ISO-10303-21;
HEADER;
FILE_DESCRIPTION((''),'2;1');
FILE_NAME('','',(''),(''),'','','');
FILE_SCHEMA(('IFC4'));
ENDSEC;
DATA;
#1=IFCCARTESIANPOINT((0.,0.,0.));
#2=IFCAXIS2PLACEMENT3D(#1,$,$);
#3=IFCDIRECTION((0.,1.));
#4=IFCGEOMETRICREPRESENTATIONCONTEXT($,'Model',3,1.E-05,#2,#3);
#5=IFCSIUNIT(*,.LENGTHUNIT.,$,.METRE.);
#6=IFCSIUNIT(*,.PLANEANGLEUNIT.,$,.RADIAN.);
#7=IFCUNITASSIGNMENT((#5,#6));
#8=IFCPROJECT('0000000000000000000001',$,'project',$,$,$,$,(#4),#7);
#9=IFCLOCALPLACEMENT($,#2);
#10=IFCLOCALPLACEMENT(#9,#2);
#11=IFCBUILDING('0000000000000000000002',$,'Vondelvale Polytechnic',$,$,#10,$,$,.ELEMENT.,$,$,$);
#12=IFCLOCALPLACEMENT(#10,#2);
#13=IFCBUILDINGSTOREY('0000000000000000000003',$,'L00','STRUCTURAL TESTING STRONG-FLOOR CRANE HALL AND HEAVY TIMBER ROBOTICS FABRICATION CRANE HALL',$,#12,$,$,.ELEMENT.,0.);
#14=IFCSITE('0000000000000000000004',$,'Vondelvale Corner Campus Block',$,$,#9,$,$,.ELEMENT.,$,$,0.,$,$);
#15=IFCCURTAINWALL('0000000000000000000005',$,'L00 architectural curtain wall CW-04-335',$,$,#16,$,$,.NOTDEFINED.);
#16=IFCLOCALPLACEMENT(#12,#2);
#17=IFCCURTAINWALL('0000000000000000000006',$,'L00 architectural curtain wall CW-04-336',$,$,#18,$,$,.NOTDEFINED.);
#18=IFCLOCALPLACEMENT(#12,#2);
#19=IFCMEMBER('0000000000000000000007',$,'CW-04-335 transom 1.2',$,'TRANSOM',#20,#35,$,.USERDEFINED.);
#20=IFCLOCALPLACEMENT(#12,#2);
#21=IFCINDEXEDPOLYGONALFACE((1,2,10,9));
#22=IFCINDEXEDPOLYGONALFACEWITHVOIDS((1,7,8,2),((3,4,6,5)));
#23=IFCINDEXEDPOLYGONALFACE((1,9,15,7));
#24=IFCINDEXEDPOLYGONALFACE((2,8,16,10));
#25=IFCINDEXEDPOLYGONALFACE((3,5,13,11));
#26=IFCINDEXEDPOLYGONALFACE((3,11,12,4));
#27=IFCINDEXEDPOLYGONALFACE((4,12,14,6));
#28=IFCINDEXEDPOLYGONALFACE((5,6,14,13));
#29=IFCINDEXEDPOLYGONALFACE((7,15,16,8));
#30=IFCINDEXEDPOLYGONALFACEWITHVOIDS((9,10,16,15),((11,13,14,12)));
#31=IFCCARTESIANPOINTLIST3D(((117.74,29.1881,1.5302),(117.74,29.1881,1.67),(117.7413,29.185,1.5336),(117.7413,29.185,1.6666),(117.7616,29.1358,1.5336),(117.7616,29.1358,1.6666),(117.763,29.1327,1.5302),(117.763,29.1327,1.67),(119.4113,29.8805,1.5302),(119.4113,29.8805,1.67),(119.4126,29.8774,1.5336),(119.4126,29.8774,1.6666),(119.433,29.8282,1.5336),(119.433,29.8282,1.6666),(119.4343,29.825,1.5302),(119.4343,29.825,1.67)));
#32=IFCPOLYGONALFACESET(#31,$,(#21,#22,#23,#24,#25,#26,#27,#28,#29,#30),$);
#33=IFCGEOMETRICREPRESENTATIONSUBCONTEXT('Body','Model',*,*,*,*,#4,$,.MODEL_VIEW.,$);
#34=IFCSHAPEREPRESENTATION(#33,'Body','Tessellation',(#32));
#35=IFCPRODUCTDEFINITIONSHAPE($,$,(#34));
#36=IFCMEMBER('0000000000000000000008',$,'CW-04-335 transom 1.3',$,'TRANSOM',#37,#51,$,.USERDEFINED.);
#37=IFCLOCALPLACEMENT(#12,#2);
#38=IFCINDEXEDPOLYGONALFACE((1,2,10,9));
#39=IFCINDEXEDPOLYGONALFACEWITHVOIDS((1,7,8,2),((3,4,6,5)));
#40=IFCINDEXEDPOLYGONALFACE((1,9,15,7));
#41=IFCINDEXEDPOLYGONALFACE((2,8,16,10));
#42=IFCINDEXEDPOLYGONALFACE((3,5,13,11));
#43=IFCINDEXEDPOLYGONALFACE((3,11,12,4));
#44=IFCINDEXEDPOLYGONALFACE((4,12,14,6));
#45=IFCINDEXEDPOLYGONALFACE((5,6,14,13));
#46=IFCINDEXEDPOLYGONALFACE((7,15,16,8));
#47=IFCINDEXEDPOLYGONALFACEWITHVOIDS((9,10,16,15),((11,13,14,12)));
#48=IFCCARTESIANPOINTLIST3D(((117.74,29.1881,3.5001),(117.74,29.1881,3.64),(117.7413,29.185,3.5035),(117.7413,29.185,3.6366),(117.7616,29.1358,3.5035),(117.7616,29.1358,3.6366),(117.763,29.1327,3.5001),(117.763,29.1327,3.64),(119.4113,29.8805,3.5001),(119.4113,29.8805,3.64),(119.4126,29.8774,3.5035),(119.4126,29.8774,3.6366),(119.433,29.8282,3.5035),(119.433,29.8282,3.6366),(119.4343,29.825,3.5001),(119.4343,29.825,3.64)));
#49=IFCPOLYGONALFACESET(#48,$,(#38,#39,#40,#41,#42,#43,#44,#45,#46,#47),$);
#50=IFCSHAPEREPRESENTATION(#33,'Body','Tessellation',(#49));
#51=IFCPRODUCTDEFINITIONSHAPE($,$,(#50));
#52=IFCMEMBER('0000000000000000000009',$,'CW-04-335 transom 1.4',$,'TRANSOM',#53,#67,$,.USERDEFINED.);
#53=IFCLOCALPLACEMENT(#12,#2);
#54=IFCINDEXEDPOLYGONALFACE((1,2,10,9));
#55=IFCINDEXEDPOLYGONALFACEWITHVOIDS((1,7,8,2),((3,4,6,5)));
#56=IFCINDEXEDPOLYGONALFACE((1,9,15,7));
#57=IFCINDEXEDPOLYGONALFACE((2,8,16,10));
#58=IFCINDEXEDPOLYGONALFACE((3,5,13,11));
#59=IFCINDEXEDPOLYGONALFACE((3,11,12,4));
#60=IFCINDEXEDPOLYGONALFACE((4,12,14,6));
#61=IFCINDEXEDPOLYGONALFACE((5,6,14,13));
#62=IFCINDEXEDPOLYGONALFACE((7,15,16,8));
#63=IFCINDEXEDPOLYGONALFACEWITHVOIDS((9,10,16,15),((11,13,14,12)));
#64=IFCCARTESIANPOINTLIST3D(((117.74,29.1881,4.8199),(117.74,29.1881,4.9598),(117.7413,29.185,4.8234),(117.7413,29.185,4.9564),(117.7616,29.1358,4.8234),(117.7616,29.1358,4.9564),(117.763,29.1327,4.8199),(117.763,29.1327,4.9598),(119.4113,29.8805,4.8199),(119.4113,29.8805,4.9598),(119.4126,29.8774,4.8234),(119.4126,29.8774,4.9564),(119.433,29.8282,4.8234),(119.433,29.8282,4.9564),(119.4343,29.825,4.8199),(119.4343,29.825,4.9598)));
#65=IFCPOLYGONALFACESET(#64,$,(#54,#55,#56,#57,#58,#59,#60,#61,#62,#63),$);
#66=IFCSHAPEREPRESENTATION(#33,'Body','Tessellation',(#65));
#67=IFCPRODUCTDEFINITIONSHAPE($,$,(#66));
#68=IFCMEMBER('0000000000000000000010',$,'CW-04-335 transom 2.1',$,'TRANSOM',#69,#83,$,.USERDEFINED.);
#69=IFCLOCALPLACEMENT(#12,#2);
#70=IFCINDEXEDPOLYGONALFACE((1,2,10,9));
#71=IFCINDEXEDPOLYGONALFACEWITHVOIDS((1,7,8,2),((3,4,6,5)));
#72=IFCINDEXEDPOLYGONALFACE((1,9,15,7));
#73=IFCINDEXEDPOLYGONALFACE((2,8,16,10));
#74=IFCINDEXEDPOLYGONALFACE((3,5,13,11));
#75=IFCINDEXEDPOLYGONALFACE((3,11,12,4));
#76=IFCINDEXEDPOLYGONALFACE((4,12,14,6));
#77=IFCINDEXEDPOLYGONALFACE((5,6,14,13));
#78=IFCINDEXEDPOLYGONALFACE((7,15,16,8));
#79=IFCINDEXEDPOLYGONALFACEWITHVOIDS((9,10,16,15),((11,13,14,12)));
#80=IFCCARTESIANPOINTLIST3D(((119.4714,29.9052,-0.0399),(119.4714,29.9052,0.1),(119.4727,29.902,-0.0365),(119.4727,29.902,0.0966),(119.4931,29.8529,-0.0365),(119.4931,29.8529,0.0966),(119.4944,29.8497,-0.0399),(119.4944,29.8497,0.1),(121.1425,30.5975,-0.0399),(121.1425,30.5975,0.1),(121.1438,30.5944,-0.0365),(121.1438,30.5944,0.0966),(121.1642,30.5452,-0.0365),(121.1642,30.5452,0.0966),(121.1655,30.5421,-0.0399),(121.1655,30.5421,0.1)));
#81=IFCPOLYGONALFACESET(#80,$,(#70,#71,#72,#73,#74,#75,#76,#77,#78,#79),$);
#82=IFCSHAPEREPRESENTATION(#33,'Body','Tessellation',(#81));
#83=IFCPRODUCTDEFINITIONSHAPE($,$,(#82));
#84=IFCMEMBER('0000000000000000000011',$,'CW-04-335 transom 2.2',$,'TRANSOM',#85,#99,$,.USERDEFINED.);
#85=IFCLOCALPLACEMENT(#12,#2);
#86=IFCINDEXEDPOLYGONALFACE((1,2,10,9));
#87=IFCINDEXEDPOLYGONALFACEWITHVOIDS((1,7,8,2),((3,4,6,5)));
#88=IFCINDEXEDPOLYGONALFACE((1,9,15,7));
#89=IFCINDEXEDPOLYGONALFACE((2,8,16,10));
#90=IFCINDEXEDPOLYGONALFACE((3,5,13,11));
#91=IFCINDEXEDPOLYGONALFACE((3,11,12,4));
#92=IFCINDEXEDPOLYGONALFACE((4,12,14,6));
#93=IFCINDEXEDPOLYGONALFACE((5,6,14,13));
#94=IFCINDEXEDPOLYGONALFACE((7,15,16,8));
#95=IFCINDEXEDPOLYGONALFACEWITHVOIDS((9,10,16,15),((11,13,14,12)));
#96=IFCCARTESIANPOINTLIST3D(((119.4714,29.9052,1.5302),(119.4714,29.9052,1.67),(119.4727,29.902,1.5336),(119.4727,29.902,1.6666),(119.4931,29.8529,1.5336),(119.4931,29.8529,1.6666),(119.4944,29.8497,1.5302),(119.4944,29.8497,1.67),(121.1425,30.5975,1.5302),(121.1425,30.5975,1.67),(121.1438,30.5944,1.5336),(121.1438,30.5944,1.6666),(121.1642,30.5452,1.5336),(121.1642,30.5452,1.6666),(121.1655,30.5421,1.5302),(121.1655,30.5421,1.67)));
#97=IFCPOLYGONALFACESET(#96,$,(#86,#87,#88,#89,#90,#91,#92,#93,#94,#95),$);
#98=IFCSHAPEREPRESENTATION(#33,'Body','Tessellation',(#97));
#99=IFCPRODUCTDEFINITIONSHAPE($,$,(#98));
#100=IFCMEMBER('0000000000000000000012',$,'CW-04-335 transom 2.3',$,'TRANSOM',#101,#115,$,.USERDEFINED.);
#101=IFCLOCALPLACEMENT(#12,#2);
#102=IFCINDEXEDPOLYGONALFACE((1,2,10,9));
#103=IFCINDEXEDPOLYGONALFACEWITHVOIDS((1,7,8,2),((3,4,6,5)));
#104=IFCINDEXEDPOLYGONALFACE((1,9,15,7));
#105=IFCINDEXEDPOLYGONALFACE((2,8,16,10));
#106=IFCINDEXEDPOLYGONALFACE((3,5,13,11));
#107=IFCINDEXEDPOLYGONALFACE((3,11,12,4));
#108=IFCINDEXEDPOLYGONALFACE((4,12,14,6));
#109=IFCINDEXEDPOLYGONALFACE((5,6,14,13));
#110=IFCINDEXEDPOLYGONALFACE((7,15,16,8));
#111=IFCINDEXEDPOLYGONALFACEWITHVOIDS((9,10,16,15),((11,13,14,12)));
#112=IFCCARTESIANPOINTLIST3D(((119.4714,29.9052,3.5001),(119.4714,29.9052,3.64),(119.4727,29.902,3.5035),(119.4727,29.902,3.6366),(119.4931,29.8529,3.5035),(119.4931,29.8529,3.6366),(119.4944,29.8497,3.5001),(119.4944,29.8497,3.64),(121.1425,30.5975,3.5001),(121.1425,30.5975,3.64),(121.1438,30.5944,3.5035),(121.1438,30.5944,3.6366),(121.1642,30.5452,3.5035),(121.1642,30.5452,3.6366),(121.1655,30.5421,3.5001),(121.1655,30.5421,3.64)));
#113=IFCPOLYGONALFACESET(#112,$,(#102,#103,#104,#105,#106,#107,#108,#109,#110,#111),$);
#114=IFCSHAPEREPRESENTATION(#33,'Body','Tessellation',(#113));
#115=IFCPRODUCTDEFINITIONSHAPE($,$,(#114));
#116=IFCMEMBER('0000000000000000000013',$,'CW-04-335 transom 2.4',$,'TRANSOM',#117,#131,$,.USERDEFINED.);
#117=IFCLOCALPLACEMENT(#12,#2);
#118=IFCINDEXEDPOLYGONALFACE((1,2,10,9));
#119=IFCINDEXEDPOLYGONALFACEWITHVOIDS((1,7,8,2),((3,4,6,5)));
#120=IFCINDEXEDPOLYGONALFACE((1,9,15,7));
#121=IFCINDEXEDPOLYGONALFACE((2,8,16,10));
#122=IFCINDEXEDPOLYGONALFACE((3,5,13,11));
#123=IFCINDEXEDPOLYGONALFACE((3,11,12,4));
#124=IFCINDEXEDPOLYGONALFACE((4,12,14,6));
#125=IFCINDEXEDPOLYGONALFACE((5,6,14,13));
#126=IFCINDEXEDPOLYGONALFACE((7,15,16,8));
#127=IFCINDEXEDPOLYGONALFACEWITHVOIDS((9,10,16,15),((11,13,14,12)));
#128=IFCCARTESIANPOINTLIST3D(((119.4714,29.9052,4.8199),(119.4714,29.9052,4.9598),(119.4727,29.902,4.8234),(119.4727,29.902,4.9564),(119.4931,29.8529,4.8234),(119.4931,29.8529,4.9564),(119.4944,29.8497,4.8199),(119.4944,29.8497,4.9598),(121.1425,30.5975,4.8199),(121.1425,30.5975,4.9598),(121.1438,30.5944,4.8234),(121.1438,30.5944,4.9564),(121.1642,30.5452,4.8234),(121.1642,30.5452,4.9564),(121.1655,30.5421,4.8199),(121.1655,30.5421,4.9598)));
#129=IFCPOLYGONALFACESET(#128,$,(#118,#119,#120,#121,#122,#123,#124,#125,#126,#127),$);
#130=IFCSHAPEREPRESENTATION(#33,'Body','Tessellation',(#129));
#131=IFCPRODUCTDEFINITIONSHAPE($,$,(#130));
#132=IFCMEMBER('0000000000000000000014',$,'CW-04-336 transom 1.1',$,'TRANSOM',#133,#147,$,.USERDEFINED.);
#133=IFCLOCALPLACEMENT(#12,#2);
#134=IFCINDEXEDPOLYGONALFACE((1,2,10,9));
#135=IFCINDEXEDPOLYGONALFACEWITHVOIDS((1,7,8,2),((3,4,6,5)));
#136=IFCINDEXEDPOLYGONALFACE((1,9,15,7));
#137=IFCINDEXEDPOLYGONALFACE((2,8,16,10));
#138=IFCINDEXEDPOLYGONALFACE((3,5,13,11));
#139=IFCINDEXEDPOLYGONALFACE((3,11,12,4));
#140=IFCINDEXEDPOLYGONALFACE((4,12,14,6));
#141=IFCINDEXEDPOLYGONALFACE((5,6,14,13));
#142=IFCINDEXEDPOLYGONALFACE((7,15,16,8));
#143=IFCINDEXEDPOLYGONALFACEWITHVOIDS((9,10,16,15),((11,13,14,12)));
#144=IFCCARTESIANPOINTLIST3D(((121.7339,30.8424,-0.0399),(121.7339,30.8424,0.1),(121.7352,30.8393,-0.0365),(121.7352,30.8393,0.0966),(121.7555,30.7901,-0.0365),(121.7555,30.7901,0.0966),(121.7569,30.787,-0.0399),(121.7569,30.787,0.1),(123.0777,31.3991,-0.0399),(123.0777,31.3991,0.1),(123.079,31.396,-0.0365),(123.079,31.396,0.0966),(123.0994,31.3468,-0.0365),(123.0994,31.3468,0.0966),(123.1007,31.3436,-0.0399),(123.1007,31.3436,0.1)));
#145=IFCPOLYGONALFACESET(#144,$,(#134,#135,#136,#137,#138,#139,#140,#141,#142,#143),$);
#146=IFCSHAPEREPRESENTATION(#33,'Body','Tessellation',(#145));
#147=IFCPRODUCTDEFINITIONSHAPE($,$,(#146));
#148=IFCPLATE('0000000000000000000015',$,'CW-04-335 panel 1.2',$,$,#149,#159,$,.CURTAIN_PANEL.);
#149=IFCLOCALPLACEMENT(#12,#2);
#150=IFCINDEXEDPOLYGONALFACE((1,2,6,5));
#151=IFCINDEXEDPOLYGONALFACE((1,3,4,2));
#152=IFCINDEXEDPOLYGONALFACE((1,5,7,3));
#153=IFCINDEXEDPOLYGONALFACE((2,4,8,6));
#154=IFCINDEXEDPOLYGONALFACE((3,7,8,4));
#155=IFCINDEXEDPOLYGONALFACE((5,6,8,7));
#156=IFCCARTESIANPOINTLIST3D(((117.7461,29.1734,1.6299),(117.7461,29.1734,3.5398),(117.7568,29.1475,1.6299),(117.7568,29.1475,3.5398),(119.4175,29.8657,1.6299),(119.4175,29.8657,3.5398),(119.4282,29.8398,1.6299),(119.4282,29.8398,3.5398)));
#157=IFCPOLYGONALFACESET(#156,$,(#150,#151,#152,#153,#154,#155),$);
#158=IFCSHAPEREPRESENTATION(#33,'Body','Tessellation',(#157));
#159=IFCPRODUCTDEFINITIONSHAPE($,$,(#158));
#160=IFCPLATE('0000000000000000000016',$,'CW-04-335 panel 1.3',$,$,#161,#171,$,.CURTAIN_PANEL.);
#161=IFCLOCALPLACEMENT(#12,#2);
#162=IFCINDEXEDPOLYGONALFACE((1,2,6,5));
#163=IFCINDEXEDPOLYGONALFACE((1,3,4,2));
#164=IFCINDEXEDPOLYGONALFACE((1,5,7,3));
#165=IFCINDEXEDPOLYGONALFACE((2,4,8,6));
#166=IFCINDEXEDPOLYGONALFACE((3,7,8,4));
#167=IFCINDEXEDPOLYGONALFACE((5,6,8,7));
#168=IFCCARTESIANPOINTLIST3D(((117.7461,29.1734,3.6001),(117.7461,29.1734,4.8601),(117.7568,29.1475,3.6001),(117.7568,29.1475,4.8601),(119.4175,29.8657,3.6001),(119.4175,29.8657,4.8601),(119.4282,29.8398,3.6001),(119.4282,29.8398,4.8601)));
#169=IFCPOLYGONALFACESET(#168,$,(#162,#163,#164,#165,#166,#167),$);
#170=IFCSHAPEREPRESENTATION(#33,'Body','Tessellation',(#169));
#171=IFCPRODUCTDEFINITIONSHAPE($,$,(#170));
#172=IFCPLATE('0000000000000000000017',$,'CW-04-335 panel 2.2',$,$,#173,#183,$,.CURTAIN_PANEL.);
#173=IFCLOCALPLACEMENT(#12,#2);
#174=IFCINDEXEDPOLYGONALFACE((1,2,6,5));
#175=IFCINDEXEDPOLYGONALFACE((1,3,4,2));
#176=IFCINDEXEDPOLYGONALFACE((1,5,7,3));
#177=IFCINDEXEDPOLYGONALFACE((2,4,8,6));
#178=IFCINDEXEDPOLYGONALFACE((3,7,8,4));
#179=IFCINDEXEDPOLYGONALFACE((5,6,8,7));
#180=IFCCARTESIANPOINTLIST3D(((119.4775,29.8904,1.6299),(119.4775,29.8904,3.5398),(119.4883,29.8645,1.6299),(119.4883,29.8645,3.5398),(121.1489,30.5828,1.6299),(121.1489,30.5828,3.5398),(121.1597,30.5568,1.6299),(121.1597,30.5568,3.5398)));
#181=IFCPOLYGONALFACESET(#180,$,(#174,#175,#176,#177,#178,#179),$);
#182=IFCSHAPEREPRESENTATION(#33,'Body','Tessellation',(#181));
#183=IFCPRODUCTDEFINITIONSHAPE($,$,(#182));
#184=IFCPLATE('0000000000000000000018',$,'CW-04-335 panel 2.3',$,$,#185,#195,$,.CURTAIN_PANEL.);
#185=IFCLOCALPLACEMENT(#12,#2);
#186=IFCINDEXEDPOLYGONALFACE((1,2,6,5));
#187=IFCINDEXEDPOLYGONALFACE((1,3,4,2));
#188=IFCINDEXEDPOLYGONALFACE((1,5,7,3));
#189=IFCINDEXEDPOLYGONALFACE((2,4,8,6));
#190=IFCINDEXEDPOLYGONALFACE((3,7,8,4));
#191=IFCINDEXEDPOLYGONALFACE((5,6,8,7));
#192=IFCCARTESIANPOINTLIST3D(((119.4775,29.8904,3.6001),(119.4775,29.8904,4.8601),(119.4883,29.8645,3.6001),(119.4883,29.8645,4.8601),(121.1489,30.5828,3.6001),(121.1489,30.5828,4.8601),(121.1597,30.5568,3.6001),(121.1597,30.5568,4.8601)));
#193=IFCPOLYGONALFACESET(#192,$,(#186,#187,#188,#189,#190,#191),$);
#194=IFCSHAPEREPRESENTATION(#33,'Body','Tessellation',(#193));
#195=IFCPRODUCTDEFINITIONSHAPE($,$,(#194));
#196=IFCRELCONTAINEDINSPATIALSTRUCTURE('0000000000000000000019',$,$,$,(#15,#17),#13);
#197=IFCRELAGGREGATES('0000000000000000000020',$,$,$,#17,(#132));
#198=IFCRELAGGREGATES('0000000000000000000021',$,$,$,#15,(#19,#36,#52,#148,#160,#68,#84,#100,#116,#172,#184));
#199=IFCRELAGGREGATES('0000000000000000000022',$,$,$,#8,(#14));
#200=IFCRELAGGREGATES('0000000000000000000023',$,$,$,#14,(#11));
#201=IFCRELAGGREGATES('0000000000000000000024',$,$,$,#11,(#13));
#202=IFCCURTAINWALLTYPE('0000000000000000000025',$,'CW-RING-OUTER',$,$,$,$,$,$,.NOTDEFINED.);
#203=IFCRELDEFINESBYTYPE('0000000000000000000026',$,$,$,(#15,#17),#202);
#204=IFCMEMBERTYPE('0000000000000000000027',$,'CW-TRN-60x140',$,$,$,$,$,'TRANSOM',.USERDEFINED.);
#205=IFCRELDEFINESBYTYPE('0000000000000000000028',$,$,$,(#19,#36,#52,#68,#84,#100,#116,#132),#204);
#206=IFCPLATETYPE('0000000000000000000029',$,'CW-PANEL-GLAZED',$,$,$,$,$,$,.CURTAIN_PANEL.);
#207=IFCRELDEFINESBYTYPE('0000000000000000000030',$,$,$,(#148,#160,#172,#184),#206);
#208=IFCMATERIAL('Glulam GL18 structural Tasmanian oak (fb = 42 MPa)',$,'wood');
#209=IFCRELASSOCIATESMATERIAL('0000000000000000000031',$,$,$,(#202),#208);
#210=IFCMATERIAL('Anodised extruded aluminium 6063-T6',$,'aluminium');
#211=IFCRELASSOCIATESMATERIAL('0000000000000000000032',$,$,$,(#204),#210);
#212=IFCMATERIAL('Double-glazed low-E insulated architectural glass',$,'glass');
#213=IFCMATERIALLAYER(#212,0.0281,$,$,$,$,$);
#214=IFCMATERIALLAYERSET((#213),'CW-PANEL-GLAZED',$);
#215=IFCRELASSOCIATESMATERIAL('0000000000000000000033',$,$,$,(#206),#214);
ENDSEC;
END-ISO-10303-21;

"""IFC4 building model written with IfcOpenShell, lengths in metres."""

from ifc_helpers import new_model, si_unit, direction, frame, origin, origin_2d, place, context, subcontext, project, spatial, rectangle, hollow_rectangle, extrude, material, layer, layer_set, material_profile, profile_set, type_object, element, aggregate, save


model = new_model("IFC4")

# Units and contexts
model_context = context("Model", 3, precision=1e-05, world=origin(), true_north=direction((0.0, 1.0)))
body_context = subcontext(model_context, "Body", "Model", "MODEL_VIEW")
ifc_project = project(units=[si_unit("LENGTHUNIT", "METRE"), si_unit("PLANEANGLEUNIT", "RADIAN")], contexts=[model_context])

# Site, building, storey
site_placement = place(None, origin())
site = spatial("IfcSite", under=ifc_project, at=site_placement, Name="Vondelvale Corner Campus Block", CompositionType="ELEMENT", RefElevation=0.0)
building_placement = place(site_placement, origin())
building = spatial("IfcBuilding", under=site, at=building_placement, Name="Vondelvale Polytechnic", CompositionType="ELEMENT")
storey_placement = place(building_placement, origin())
storey = spatial("IfcBuildingStorey", under=building, at=storey_placement, Name="L00", Description="STRUCTURAL TESTING STRONG-FLOOR CRANE HALL AND HEAVY TIMBER ROBOTICS FABRICATION CRANE HALL", CompositionType="ELEMENT", Elevation=0.0)

# Shared definitions
ifc_material_1 = material(Name="Glulam GL18 structural Tasmanian oak (fb = 42 MPa)", Category="wood")

# Shared definitions
curtain_wall_type = type_object("IfcCurtainWallType", Name="CW-RING-OUTER", PredefinedType="NOTDEFINED", material=ifc_material_1)
ifc_material_2 = material(Name="Anodised extruded aluminium 6063-T6", Category="aluminium")

# Curtain wall
curtain_wall_1_placement = place(storey_placement, origin())
curtain_wall_1 = element("IfcCurtainWall", 1, at=curtain_wall_1_placement, inside=storey, type_object=curtain_wall_type, Name="L00 architectural curtain wall CW-04-335", PredefinedType="NOTDEFINED")

# Curtain wall
curtain_wall_2_placement = place(storey_placement, origin())
curtain_wall_2 = element("IfcCurtainWall", 2, at=curtain_wall_2_placement, inside=storey, type_object=curtain_wall_type, Name="L00 architectural curtain wall CW-04-336", PredefinedType="NOTDEFINED")

# Members
ifc_material_profile_1 = material_profile(ifc_material_2, hollow_rectangle(XDim=0.0601, YDim=0.1399, WallThickness=0.0034, at=origin_2d()), Name="CW-TRN-140x60")
ifc_profile_set_1 = profile_set([ifc_material_profile_1], Name="Anodised extruded aluminium 6063-T6")
member_type_1 = type_object("IfcMemberType", Name="CW-TRN-60x140", ElementType="TRANSOM", PredefinedType="USERDEFINED", material=ifc_profile_set_1)
member_1_placement = place(storey_placement, frame((117.7515, 29.1604, 1.6001), z_axis=(0.923866, 0.382717, 0.0), x_axis=(-0.382717, 0.923866, 0.0)))
member_1 = element("IfcMember", 3, at=member_1_placement, type_object=member_type_1, Name="CW-04-335 transom 1.2", ObjectType="TRANSOM", PredefinedType="USERDEFINED", context=body_context, shape_type="SweptSolid", body=[
    extrude(hollow_rectangle(XDim=0.0601, YDim=0.1399, WallThickness=0.0034, at=origin_2d()), origin(), (0.0, 0.0, 1.0), 1.8091),
])
member_2_placement = place(storey_placement, frame((117.7515, 29.1604, 3.5701), z_axis=(0.923866, 0.382717, 0.0), x_axis=(-0.382717, 0.923866, 0.0)))
member_2 = element("IfcMember", 4, at=member_2_placement, type_object=member_type_1, Name="CW-04-335 transom 1.3", ObjectType="TRANSOM", PredefinedType="USERDEFINED", context=body_context, shape_type="SweptSolid", body=[
    extrude(hollow_rectangle(XDim=0.0601, YDim=0.1399, WallThickness=0.0034, at=origin_2d()), origin(), (0.0, 0.0, 1.0), 1.8091),
])
member_3_placement = place(storey_placement, frame((117.7515, 29.1604, 4.8899), z_axis=(0.923866, 0.382717, 0.0), x_axis=(-0.382717, 0.923866, 0.0)))
member_3 = element("IfcMember", 5, at=member_3_placement, type_object=member_type_1, Name="CW-04-335 transom 1.4", ObjectType="TRANSOM", PredefinedType="USERDEFINED", context=body_context, shape_type="SweptSolid", body=[
    extrude(hollow_rectangle(XDim=0.0601, YDim=0.1399, WallThickness=0.0034, at=origin_2d()), origin(), (0.0, 0.0, 1.0), 1.8091),
])
member_4_placement = place(storey_placement, frame((119.4829, 29.8774, 0.03), z_axis=(0.923846, 0.382765, 0.0), x_axis=(-0.382765, 0.923846, 0.0)))
member_4 = element("IfcMember", 6, at=member_4_placement, type_object=member_type_1, Name="CW-04-335 transom 2.1", ObjectType="TRANSOM", PredefinedType="USERDEFINED", context=body_context, shape_type="SweptSolid", body=[
    extrude(hollow_rectangle(XDim=0.0601, YDim=0.1399, WallThickness=0.0034, at=origin_2d()), origin(), (0.0, 0.0, 1.0), 1.8088),
])
member_5_placement = place(storey_placement, frame((119.4829, 29.8774, 1.6001), z_axis=(0.923846, 0.382765, 0.0), x_axis=(-0.382765, 0.923846, 0.0)))
member_5 = element("IfcMember", 7, at=member_5_placement, type_object=member_type_1, Name="CW-04-335 transom 2.2", ObjectType="TRANSOM", PredefinedType="USERDEFINED", context=body_context, shape_type="SweptSolid", body=[
    extrude(hollow_rectangle(XDim=0.0601, YDim=0.1399, WallThickness=0.0034, at=origin_2d()), origin(), (0.0, 0.0, 1.0), 1.8088),
])
member_6_placement = place(storey_placement, frame((119.4829, 29.8774, 3.5701), z_axis=(0.923846, 0.382765, 0.0), x_axis=(-0.382765, 0.923846, 0.0)))
member_6 = element("IfcMember", 8, at=member_6_placement, type_object=member_type_1, Name="CW-04-335 transom 2.3", ObjectType="TRANSOM", PredefinedType="USERDEFINED", context=body_context, shape_type="SweptSolid", body=[
    extrude(hollow_rectangle(XDim=0.0601, YDim=0.1399, WallThickness=0.0034, at=origin_2d()), origin(), (0.0, 0.0, 1.0), 1.8088),
])
member_7_placement = place(storey_placement, frame((119.4829, 29.8774, 4.8899), z_axis=(0.923846, 0.382765, 0.0), x_axis=(-0.382765, 0.923846, 0.0)))
member_7 = element("IfcMember", 9, at=member_7_placement, type_object=member_type_1, Name="CW-04-335 transom 2.4", ObjectType="TRANSOM", PredefinedType="USERDEFINED", context=body_context, shape_type="SweptSolid", body=[
    extrude(hollow_rectangle(XDim=0.0601, YDim=0.1399, WallThickness=0.0034, at=origin_2d()), origin(), (0.0, 0.0, 1.0), 1.8088),
])
member_8_placement = place(storey_placement, frame((121.7454, 30.8147, 0.03), z_axis=(0.92387, 0.382708, 0.0), x_axis=(-0.382708, 0.92387, 0.0)))
member_8 = element("IfcMember", 10, at=member_8_placement, type_object=member_type_1, Name="CW-04-336 transom 1.1", ObjectType="TRANSOM", PredefinedType="USERDEFINED", context=body_context, shape_type="SweptSolid", body=[
    extrude(hollow_rectangle(XDim=0.0601, YDim=0.1399, WallThickness=0.0034, at=origin_2d()), origin(), (0.0, 0.0, 1.0), 1.4546),
])
aggregate(curtain_wall_2, [member_8])

# Plates
ifc_material_3 = material(Name="Double-glazed low-E insulated architectural glass", Category="glass")
ifc_layer_1 = layer(ifc_material_3, 0.0281)
ifc_layer_set_1 = layer_set([ifc_layer_1], Name="CW-PANEL-GLAZED")
plate_type_1 = type_object("IfcPlateType", Name="CW-PANEL-GLAZED", PredefinedType="CURTAIN_PANEL", material=ifc_layer_set_1)
plate_1_placement = place(storey_placement, frame((118.5872, 29.5066, 1.6299), z_axis=(0.0, 0.0, 1.0), x_axis=(0.923875, 0.382695, 0.0)))
plate_1 = element("IfcPlate", 11, at=plate_1_placement, type_object=plate_type_1, Name="CW-04-335 panel 1.2", PredefinedType="CURTAIN_PANEL", context=body_context, shape_type="SweptSolid", body=[
    extrude(rectangle(XDim=1.8091, YDim=0.0281, at=origin_2d()), origin(), (0.0, 0.0, 1.0), 1.9099),
])
plate_2_placement = place(storey_placement, frame((118.5872, 29.5066, 3.6001), z_axis=(0.0, 0.0, 1.0), x_axis=(0.923875, 0.382695, 0.0)))
plate_2 = element("IfcPlate", 12, at=plate_2_placement, type_object=plate_type_1, Name="CW-04-335 panel 1.3", PredefinedType="CURTAIN_PANEL", context=body_context, shape_type="SweptSolid", body=[
    extrude(rectangle(XDim=1.8091, YDim=0.0281, at=origin_2d()), origin(), (0.0, 0.0, 1.0), 1.26),
])
plate_3_placement = place(storey_placement, frame((120.3186, 30.2236, 1.6299), z_axis=(0.0, 0.0, 1.0), x_axis=(0.923875, 0.382695, 0.0)))
plate_3 = element("IfcPlate", 13, at=plate_3_placement, type_object=plate_type_1, Name="CW-04-335 panel 2.2", PredefinedType="CURTAIN_PANEL", context=body_context, shape_type="SweptSolid", body=[
    extrude(rectangle(XDim=1.8091, YDim=0.0281, at=origin_2d()), origin(), (0.0, 0.0, 1.0), 1.9099),
])
plate_4_placement = place(storey_placement, frame((120.3186, 30.2236, 3.6001), z_axis=(0.0, 0.0, 1.0), x_axis=(0.923875, 0.382695, 0.0)))
plate_4 = element("IfcPlate", 14, at=plate_4_placement, type_object=plate_type_1, Name="CW-04-335 panel 2.3", PredefinedType="CURTAIN_PANEL", context=body_context, shape_type="SweptSolid", body=[
    extrude(rectangle(XDim=1.8091, YDim=0.0281, at=origin_2d()), origin(), (0.0, 0.0, 1.0), 1.26),
])
aggregate(curtain_wall_1, [member_1, member_2, member_3, plate_1, plate_2, member_4, member_5, member_6, member_7, plate_3, plate_4])

save(model, "model.ifc")
